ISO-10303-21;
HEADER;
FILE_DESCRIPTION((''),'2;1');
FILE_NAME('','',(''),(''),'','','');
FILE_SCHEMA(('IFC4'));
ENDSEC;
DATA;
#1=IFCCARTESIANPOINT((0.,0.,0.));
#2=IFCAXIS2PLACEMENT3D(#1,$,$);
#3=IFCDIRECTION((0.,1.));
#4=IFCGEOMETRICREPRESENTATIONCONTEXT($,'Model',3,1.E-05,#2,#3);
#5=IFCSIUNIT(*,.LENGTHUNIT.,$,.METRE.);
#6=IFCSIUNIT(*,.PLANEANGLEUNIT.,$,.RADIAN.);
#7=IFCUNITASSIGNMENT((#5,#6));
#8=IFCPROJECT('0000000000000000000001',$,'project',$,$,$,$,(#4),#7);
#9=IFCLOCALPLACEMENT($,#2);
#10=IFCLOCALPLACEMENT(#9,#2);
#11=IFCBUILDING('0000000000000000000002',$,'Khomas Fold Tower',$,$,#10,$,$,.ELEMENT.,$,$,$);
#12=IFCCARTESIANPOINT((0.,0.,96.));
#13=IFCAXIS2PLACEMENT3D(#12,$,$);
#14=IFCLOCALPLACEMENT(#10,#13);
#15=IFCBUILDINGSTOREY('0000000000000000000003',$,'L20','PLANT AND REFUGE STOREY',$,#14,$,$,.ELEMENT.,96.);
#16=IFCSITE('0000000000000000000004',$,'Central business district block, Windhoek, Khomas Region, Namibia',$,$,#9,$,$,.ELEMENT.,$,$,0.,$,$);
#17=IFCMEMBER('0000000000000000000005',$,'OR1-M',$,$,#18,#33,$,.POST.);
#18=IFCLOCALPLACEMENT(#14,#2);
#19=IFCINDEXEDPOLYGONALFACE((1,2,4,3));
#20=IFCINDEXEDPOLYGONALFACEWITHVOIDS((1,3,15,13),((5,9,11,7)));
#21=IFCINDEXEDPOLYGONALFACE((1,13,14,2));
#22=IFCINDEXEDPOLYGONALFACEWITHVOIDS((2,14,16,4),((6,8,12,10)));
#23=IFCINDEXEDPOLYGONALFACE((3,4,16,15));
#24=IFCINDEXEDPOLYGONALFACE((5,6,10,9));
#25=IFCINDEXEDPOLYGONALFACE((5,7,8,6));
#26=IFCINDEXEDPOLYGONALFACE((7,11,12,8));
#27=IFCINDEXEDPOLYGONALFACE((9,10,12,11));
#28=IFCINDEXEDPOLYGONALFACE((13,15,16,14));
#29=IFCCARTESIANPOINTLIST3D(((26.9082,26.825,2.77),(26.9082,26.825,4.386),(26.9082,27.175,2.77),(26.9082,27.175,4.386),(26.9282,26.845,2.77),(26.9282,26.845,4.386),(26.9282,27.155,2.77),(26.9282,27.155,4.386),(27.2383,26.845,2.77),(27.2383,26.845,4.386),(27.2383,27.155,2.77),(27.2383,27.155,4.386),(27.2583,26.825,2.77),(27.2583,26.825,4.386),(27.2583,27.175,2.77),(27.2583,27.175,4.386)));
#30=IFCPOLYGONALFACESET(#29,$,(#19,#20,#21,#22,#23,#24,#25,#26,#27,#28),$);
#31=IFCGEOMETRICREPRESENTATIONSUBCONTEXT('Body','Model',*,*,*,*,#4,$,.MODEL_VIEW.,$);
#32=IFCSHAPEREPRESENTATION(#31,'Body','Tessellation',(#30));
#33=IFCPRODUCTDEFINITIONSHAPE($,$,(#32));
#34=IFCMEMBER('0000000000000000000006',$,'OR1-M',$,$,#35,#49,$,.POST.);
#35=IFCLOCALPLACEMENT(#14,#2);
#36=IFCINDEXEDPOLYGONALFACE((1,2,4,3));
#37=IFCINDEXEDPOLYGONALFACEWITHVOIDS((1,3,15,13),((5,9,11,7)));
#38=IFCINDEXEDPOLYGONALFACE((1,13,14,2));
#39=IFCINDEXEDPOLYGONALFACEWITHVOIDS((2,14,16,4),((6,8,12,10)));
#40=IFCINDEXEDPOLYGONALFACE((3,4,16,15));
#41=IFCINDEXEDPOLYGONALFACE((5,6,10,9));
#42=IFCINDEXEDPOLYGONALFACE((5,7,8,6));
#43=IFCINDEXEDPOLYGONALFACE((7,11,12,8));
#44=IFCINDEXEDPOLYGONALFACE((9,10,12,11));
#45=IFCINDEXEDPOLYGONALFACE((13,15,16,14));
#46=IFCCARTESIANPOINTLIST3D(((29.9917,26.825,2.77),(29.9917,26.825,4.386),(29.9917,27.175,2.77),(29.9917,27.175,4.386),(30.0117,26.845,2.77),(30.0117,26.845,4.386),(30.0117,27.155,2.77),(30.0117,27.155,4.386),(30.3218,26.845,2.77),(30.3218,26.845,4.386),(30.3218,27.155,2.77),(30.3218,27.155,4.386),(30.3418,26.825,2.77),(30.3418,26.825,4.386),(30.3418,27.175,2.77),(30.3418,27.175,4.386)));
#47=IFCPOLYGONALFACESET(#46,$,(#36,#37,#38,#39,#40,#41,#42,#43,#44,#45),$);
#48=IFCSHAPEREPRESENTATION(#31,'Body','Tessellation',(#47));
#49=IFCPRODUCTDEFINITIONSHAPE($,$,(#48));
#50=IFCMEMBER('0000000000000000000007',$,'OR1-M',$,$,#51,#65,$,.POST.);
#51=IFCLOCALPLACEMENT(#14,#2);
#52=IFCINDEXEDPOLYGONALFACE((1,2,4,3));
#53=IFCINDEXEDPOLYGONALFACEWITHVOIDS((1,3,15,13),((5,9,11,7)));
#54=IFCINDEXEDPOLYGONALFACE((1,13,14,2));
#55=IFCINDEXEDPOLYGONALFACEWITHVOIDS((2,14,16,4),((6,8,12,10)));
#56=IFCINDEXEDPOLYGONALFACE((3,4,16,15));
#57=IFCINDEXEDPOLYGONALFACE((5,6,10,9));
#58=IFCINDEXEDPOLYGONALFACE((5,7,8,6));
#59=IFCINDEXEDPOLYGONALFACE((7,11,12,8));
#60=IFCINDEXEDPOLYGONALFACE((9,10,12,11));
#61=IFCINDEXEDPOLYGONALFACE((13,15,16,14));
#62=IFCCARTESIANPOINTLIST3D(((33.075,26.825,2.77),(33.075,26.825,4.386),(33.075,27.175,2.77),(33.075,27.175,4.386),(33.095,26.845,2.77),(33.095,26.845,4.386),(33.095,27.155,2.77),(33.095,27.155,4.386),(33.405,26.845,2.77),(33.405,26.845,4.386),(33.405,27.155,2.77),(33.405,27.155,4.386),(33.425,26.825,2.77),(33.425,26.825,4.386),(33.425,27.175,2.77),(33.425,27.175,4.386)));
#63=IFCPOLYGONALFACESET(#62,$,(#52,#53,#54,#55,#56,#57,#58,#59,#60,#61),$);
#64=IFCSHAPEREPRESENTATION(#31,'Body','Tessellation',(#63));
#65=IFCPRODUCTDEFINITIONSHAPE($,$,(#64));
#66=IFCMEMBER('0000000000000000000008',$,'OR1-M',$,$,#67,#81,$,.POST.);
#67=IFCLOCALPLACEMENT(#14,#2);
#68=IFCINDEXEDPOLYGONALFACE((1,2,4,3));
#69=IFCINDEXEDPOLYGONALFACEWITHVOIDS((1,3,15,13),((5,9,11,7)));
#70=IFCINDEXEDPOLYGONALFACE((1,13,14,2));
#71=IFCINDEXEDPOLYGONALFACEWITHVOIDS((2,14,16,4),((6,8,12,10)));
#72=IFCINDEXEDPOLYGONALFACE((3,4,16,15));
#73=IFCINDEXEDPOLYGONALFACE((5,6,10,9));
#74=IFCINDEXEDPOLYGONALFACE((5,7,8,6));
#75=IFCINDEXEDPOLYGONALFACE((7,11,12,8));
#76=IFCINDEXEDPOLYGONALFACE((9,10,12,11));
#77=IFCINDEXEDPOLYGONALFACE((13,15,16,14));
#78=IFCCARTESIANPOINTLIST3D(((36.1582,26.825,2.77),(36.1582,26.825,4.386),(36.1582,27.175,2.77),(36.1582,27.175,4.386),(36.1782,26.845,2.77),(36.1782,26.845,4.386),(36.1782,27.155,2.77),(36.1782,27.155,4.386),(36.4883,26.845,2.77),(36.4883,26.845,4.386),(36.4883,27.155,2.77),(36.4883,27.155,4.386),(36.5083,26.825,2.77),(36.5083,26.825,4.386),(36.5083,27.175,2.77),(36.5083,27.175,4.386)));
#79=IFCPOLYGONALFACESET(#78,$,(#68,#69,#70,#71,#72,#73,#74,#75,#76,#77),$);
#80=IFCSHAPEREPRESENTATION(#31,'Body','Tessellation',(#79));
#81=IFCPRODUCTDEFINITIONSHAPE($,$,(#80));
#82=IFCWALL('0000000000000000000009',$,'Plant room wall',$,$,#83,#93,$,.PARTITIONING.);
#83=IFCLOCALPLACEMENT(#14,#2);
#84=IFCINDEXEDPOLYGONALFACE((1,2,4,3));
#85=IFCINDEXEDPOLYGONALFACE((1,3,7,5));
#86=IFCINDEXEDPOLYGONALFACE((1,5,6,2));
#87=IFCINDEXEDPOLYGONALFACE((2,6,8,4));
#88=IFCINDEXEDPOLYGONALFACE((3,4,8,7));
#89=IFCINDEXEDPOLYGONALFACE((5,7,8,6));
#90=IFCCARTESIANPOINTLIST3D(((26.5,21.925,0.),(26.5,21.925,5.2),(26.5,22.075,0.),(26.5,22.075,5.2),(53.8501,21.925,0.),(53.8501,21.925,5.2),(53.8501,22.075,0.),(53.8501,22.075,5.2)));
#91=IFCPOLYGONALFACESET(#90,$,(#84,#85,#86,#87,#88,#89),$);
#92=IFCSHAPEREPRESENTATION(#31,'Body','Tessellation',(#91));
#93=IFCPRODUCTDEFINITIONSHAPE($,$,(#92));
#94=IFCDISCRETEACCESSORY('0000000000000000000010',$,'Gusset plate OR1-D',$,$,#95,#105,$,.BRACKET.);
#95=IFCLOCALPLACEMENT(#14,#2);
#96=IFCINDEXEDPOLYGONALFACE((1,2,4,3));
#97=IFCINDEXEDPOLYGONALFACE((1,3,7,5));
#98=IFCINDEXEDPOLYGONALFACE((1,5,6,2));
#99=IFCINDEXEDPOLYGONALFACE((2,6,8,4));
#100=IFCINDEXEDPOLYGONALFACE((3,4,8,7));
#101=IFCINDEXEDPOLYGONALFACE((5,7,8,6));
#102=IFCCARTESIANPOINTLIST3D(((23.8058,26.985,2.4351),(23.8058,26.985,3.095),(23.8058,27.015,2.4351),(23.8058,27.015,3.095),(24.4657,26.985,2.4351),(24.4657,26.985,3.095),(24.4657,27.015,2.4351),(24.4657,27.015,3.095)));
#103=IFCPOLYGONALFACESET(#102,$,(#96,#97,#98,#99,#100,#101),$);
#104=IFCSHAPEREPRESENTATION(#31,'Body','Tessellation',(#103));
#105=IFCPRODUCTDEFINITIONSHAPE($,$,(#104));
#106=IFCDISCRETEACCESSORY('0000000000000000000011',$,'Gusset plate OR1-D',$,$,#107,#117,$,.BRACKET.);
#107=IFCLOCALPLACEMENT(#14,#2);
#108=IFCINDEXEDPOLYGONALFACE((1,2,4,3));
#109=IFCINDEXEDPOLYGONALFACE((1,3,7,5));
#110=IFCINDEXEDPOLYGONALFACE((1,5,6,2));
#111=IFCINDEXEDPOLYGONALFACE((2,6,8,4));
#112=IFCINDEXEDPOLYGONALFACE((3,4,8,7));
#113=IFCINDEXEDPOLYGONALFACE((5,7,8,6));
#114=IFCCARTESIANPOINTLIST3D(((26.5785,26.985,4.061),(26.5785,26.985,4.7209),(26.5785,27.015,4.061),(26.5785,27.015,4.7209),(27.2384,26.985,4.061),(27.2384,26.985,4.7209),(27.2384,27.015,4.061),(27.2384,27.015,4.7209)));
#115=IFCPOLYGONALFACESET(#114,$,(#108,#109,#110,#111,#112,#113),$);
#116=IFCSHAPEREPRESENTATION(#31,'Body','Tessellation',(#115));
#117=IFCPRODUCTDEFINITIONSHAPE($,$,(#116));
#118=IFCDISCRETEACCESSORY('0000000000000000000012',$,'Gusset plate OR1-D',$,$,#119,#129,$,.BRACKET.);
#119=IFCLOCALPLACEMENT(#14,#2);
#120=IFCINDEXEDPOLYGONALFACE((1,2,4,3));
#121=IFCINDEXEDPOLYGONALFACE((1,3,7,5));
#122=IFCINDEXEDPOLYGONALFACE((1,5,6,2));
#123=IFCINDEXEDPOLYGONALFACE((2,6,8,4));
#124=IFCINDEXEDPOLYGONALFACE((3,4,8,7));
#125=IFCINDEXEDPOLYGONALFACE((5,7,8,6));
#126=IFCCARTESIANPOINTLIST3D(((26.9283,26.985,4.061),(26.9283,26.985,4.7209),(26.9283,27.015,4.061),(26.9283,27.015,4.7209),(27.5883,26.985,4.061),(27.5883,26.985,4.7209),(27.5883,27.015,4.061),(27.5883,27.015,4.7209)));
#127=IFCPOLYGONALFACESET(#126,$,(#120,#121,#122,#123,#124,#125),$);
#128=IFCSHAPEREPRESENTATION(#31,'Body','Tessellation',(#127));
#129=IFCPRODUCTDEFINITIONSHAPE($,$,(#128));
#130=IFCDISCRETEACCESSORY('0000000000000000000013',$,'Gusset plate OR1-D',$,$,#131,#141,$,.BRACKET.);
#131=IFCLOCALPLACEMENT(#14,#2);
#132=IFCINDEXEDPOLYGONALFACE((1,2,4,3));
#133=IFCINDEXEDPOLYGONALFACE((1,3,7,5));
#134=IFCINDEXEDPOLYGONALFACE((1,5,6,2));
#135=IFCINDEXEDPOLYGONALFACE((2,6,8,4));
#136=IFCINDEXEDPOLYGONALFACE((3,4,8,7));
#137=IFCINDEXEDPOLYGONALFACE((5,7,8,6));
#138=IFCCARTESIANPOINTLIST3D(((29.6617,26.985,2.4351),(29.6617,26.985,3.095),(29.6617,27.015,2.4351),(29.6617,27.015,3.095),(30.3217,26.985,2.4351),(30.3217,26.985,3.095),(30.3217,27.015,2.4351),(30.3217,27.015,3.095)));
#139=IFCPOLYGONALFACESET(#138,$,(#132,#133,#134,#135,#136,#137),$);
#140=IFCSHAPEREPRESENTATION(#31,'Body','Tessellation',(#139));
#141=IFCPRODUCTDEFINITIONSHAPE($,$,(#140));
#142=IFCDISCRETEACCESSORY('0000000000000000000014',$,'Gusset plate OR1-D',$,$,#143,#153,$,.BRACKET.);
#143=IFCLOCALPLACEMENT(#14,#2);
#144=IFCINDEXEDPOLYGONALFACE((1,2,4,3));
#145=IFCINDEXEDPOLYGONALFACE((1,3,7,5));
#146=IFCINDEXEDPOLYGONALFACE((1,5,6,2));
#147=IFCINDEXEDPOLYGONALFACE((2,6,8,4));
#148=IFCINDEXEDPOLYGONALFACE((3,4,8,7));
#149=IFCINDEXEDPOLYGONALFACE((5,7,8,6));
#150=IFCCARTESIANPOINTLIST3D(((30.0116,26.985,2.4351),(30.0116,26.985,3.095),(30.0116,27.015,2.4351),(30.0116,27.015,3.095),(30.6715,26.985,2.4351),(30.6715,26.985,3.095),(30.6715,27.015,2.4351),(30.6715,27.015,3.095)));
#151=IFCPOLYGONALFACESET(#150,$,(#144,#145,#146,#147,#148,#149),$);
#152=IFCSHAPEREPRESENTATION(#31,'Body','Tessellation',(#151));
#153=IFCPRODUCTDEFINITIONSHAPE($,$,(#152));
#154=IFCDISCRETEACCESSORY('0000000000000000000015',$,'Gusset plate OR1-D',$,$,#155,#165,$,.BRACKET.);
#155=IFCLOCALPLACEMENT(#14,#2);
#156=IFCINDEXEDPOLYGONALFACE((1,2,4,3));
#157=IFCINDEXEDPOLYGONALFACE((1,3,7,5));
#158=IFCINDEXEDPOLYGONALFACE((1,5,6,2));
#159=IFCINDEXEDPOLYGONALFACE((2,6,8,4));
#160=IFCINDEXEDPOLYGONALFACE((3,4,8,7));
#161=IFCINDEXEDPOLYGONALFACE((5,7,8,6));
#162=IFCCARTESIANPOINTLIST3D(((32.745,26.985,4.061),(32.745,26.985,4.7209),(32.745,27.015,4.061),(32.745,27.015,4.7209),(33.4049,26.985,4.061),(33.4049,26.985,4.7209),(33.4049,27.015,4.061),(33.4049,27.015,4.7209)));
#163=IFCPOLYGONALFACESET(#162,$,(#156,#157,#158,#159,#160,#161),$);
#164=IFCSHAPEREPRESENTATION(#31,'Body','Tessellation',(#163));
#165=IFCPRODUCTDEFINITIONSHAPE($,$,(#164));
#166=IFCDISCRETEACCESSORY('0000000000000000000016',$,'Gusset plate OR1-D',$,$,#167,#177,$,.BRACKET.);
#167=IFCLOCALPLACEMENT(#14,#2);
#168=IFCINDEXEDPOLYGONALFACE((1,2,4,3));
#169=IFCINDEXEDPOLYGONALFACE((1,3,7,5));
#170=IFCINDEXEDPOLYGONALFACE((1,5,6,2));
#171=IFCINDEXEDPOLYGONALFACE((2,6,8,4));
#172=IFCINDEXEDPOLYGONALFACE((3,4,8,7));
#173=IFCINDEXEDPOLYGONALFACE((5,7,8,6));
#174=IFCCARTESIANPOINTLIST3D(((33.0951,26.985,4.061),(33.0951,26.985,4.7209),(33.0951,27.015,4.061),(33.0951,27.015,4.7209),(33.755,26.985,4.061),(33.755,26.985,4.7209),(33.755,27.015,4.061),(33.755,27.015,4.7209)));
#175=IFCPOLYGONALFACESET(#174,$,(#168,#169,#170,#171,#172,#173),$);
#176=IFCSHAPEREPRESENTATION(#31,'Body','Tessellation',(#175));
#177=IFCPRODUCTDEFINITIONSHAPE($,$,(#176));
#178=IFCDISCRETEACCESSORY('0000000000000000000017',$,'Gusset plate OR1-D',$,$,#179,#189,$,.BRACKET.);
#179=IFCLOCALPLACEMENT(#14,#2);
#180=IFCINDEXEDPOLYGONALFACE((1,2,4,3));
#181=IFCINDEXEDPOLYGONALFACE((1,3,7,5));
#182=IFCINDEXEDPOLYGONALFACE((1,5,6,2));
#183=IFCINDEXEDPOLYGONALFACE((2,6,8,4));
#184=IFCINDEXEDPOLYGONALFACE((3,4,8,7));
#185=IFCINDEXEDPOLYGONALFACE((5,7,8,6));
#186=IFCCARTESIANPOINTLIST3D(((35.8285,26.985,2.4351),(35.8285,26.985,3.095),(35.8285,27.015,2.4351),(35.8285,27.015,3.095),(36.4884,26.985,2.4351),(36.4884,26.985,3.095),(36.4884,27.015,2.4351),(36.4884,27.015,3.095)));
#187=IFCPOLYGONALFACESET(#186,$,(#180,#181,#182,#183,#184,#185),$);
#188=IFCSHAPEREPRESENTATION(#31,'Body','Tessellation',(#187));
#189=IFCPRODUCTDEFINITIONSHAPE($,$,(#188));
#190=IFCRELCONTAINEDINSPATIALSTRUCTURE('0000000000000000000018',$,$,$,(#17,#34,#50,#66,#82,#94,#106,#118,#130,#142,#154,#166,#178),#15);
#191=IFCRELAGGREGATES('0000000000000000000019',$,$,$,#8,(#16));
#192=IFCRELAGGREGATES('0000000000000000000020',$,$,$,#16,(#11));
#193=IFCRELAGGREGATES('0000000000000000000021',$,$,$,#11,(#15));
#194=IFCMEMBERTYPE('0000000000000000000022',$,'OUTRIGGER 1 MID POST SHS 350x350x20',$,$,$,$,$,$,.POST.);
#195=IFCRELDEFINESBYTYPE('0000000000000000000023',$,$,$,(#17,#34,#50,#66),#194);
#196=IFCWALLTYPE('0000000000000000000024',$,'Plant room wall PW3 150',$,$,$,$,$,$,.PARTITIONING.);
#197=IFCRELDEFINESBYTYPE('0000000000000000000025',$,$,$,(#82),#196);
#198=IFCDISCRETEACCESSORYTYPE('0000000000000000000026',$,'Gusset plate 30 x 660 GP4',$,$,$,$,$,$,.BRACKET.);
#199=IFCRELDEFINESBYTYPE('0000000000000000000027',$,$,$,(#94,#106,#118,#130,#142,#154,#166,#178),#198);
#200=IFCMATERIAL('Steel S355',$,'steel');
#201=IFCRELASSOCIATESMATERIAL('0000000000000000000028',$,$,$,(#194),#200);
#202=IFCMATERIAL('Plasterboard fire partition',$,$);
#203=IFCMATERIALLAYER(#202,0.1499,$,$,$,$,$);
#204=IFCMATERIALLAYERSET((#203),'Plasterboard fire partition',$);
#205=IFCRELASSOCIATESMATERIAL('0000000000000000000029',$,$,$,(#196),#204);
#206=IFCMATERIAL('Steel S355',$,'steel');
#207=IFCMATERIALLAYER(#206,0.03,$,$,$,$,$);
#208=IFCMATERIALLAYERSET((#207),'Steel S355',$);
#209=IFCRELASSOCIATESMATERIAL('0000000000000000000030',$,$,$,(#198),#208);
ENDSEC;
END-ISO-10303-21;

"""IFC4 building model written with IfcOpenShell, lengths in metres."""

from ifc_helpers import new_model, si_unit, direction, frame, frame_2d, origin, origin_2d, place, context, subcontext, project, spatial, rectangle, hollow_rectangle, extrude, source, transform, mapped, material, layer, layer_set, material_profile, profile_set, type_object, element, save


model = new_model("IFC4")

# Units and contexts
model_context = context("Model", 3, precision=1e-05, world=origin(), true_north=direction((0.0, 1.0)))
body_context = subcontext(model_context, "Body", "Model", "MODEL_VIEW")
ifc_project = project(units=[si_unit("LENGTHUNIT", "METRE"), si_unit("PLANEANGLEUNIT", "RADIAN")], contexts=[model_context])

# Site, building, storey
site_placement = place(None, origin())
site = spatial("IfcSite", under=ifc_project, at=site_placement, Name="Central business district block, Windhoek, Khomas Region, Namibia", CompositionType="ELEMENT", RefElevation=0.0)
building_placement = place(site_placement, origin())
building = spatial("IfcBuilding", under=site, at=building_placement, Name="Khomas Fold Tower", CompositionType="ELEMENT")
storey_placement = place(building_placement, frame((0.0, 0.0, 96.0)))
storey = spatial("IfcBuildingStorey", under=building, at=storey_placement, Name="L20", Description="PLANT AND REFUGE STOREY", CompositionType="ELEMENT", Elevation=96.0)

# Members
ifc_material_1 = material(Name="Steel S355", Category="steel")
ifc_material_profile_1 = material_profile(ifc_material_1, hollow_rectangle(XDim=0.3501, YDim=0.3501, WallThickness=0.02, at=origin_2d()), Name="SHS 350x350x20")
ifc_profile_set_1 = profile_set([ifc_material_profile_1], Name="Steel S355")
member_type_1 = type_object("IfcMemberType", Name="OUTRIGGER 1 MID POST SHS 350x350x20", PredefinedType="POST", material=ifc_profile_set_1)
shared_shape_1 = source(origin(), body_context, "Body", "SweptSolid", [
    extrude(hollow_rectangle(XDim=0.3501, YDim=0.3501, WallThickness=0.02, at=origin_2d()), origin(), (0.0, 0.0, 1.0), 1.616),
])
for number, where, z_axis, x_axis, name in (
    (1, (27.0833, 27.0, 2.77), (0.0, 0.0, 1.0), (1.0, 0.0, 0.0), "OR1-M"),
    (2, (30.1667, 27.0, 2.77), (0.0, 0.0, 1.0), (1.0, 0.0, 0.0), "OR1-M"),
    (3, (33.25, 27.0, 2.77), (0.0, 0.0, 1.0), (1.0, 0.0, 0.0), "OR1-M"),
    (4, (36.3333, 27.0, 2.77), (0.0, 0.0, 1.0), (1.0, 0.0, 0.0), "OR1-M"),
):
    element("IfcMember", number, at=place(storey_placement, frame(where, z_axis=z_axis, x_axis=x_axis)), inside=storey, type_object=member_type_1, Name=name, PredefinedType="POST", context=body_context, shape_type="MappedRepresentation", body=[
        mapped(shared_shape_1, transform((0.0, 0.0, 0.0))),
    ])

# Wall
ifc_material_2 = material(Name="Plasterboard fire partition")
ifc_layer_1 = layer(ifc_material_2, 0.1499)
ifc_layer_set_1 = layer_set([ifc_layer_1], Name="Plasterboard fire partition")
wall_type = type_object("IfcWallType", Name="Plant room wall PW3 150", PredefinedType="PARTITIONING", material=ifc_layer_set_1)
shared_shape_2 = source(origin(), body_context, "Body", "SweptSolid", [
    extrude(rectangle(XDim=27.3501, YDim=0.1499, at=frame_2d((13.675, 0.0))), origin(), (0.0, 0.0, 1.0), 5.2),
])
wall_placement = place(storey_placement, frame((26.5, 22.0, 0.0), z_axis=(0.0, 0.0, 1.0), x_axis=(1.0, 0.0, 0.0)))
element("IfcWall", 5, at=wall_placement, inside=storey, type_object=wall_type, Name="Plant room wall", PredefinedType="PARTITIONING", context=body_context, shape_type="MappedRepresentation", body=[
    mapped(shared_shape_2, transform((0.0, 0.0, 0.0))),
])

# Discrete accessories
ifc_material_3 = material(Name="Steel S355", Category="steel")
ifc_layer_2 = layer(ifc_material_3, 0.03)
ifc_layer_set_2 = layer_set([ifc_layer_2], Name="Steel S355")
discrete_accessory_type = type_object("IfcDiscreteAccessoryType", Name="Gusset plate 30 x 660 GP4", PredefinedType="BRACKET", material=ifc_layer_set_2)
shared_shape_3 = source(origin(), body_context, "Body", "SweptSolid", [
    extrude(rectangle(XDim=0.6599, YDim=0.03, at=origin_2d()), origin(), (0.0, 0.0, 1.0), 0.6599),
])
for number, where, z_axis, x_axis, name in (
    (6, (24.1357, 27.0, 2.4351), (0.0, 0.0, 1.0), (1.0, 0.0, 0.0), "Gusset plate OR1-D"),
    (7, (26.9084, 27.0, 4.061), (0.0, 0.0, 1.0), (1.0, 0.0, 0.0), "Gusset plate OR1-D"),
    (8, (27.2583, 27.0, 4.061), (0.0, 0.0, 1.0), (1.0, 0.0, 0.0), "Gusset plate OR1-D"),
    (9, (29.9917, 27.0, 2.4351), (0.0, 0.0, 1.0), (1.0, 0.0, 0.0), "Gusset plate OR1-D"),
    (10, (30.3416, 27.0, 2.4351), (0.0, 0.0, 1.0), (1.0, 0.0, 0.0), "Gusset plate OR1-D"),
    (11, (33.075, 27.0, 4.061), (0.0, 0.0, 1.0), (1.0, 0.0, 0.0), "Gusset plate OR1-D"),
    (12, (33.425, 27.0, 4.061), (0.0, 0.0, 1.0), (1.0, 0.0, 0.0), "Gusset plate OR1-D"),
    (13, (36.1584, 27.0, 2.4351), (0.0, 0.0, 1.0), (1.0, 0.0, 0.0), "Gusset plate OR1-D"),
):
    element("IfcDiscreteAccessory", number, at=place(storey_placement, frame(where, z_axis=z_axis, x_axis=x_axis)), inside=storey, type_object=discrete_accessory_type, Name=name, PredefinedType="BRACKET", context=body_context, shape_type="MappedRepresentation", body=[
        mapped(shared_shape_3, transform((0.0, 0.0, 0.0))),
    ])

save(model, "model.ifc")
